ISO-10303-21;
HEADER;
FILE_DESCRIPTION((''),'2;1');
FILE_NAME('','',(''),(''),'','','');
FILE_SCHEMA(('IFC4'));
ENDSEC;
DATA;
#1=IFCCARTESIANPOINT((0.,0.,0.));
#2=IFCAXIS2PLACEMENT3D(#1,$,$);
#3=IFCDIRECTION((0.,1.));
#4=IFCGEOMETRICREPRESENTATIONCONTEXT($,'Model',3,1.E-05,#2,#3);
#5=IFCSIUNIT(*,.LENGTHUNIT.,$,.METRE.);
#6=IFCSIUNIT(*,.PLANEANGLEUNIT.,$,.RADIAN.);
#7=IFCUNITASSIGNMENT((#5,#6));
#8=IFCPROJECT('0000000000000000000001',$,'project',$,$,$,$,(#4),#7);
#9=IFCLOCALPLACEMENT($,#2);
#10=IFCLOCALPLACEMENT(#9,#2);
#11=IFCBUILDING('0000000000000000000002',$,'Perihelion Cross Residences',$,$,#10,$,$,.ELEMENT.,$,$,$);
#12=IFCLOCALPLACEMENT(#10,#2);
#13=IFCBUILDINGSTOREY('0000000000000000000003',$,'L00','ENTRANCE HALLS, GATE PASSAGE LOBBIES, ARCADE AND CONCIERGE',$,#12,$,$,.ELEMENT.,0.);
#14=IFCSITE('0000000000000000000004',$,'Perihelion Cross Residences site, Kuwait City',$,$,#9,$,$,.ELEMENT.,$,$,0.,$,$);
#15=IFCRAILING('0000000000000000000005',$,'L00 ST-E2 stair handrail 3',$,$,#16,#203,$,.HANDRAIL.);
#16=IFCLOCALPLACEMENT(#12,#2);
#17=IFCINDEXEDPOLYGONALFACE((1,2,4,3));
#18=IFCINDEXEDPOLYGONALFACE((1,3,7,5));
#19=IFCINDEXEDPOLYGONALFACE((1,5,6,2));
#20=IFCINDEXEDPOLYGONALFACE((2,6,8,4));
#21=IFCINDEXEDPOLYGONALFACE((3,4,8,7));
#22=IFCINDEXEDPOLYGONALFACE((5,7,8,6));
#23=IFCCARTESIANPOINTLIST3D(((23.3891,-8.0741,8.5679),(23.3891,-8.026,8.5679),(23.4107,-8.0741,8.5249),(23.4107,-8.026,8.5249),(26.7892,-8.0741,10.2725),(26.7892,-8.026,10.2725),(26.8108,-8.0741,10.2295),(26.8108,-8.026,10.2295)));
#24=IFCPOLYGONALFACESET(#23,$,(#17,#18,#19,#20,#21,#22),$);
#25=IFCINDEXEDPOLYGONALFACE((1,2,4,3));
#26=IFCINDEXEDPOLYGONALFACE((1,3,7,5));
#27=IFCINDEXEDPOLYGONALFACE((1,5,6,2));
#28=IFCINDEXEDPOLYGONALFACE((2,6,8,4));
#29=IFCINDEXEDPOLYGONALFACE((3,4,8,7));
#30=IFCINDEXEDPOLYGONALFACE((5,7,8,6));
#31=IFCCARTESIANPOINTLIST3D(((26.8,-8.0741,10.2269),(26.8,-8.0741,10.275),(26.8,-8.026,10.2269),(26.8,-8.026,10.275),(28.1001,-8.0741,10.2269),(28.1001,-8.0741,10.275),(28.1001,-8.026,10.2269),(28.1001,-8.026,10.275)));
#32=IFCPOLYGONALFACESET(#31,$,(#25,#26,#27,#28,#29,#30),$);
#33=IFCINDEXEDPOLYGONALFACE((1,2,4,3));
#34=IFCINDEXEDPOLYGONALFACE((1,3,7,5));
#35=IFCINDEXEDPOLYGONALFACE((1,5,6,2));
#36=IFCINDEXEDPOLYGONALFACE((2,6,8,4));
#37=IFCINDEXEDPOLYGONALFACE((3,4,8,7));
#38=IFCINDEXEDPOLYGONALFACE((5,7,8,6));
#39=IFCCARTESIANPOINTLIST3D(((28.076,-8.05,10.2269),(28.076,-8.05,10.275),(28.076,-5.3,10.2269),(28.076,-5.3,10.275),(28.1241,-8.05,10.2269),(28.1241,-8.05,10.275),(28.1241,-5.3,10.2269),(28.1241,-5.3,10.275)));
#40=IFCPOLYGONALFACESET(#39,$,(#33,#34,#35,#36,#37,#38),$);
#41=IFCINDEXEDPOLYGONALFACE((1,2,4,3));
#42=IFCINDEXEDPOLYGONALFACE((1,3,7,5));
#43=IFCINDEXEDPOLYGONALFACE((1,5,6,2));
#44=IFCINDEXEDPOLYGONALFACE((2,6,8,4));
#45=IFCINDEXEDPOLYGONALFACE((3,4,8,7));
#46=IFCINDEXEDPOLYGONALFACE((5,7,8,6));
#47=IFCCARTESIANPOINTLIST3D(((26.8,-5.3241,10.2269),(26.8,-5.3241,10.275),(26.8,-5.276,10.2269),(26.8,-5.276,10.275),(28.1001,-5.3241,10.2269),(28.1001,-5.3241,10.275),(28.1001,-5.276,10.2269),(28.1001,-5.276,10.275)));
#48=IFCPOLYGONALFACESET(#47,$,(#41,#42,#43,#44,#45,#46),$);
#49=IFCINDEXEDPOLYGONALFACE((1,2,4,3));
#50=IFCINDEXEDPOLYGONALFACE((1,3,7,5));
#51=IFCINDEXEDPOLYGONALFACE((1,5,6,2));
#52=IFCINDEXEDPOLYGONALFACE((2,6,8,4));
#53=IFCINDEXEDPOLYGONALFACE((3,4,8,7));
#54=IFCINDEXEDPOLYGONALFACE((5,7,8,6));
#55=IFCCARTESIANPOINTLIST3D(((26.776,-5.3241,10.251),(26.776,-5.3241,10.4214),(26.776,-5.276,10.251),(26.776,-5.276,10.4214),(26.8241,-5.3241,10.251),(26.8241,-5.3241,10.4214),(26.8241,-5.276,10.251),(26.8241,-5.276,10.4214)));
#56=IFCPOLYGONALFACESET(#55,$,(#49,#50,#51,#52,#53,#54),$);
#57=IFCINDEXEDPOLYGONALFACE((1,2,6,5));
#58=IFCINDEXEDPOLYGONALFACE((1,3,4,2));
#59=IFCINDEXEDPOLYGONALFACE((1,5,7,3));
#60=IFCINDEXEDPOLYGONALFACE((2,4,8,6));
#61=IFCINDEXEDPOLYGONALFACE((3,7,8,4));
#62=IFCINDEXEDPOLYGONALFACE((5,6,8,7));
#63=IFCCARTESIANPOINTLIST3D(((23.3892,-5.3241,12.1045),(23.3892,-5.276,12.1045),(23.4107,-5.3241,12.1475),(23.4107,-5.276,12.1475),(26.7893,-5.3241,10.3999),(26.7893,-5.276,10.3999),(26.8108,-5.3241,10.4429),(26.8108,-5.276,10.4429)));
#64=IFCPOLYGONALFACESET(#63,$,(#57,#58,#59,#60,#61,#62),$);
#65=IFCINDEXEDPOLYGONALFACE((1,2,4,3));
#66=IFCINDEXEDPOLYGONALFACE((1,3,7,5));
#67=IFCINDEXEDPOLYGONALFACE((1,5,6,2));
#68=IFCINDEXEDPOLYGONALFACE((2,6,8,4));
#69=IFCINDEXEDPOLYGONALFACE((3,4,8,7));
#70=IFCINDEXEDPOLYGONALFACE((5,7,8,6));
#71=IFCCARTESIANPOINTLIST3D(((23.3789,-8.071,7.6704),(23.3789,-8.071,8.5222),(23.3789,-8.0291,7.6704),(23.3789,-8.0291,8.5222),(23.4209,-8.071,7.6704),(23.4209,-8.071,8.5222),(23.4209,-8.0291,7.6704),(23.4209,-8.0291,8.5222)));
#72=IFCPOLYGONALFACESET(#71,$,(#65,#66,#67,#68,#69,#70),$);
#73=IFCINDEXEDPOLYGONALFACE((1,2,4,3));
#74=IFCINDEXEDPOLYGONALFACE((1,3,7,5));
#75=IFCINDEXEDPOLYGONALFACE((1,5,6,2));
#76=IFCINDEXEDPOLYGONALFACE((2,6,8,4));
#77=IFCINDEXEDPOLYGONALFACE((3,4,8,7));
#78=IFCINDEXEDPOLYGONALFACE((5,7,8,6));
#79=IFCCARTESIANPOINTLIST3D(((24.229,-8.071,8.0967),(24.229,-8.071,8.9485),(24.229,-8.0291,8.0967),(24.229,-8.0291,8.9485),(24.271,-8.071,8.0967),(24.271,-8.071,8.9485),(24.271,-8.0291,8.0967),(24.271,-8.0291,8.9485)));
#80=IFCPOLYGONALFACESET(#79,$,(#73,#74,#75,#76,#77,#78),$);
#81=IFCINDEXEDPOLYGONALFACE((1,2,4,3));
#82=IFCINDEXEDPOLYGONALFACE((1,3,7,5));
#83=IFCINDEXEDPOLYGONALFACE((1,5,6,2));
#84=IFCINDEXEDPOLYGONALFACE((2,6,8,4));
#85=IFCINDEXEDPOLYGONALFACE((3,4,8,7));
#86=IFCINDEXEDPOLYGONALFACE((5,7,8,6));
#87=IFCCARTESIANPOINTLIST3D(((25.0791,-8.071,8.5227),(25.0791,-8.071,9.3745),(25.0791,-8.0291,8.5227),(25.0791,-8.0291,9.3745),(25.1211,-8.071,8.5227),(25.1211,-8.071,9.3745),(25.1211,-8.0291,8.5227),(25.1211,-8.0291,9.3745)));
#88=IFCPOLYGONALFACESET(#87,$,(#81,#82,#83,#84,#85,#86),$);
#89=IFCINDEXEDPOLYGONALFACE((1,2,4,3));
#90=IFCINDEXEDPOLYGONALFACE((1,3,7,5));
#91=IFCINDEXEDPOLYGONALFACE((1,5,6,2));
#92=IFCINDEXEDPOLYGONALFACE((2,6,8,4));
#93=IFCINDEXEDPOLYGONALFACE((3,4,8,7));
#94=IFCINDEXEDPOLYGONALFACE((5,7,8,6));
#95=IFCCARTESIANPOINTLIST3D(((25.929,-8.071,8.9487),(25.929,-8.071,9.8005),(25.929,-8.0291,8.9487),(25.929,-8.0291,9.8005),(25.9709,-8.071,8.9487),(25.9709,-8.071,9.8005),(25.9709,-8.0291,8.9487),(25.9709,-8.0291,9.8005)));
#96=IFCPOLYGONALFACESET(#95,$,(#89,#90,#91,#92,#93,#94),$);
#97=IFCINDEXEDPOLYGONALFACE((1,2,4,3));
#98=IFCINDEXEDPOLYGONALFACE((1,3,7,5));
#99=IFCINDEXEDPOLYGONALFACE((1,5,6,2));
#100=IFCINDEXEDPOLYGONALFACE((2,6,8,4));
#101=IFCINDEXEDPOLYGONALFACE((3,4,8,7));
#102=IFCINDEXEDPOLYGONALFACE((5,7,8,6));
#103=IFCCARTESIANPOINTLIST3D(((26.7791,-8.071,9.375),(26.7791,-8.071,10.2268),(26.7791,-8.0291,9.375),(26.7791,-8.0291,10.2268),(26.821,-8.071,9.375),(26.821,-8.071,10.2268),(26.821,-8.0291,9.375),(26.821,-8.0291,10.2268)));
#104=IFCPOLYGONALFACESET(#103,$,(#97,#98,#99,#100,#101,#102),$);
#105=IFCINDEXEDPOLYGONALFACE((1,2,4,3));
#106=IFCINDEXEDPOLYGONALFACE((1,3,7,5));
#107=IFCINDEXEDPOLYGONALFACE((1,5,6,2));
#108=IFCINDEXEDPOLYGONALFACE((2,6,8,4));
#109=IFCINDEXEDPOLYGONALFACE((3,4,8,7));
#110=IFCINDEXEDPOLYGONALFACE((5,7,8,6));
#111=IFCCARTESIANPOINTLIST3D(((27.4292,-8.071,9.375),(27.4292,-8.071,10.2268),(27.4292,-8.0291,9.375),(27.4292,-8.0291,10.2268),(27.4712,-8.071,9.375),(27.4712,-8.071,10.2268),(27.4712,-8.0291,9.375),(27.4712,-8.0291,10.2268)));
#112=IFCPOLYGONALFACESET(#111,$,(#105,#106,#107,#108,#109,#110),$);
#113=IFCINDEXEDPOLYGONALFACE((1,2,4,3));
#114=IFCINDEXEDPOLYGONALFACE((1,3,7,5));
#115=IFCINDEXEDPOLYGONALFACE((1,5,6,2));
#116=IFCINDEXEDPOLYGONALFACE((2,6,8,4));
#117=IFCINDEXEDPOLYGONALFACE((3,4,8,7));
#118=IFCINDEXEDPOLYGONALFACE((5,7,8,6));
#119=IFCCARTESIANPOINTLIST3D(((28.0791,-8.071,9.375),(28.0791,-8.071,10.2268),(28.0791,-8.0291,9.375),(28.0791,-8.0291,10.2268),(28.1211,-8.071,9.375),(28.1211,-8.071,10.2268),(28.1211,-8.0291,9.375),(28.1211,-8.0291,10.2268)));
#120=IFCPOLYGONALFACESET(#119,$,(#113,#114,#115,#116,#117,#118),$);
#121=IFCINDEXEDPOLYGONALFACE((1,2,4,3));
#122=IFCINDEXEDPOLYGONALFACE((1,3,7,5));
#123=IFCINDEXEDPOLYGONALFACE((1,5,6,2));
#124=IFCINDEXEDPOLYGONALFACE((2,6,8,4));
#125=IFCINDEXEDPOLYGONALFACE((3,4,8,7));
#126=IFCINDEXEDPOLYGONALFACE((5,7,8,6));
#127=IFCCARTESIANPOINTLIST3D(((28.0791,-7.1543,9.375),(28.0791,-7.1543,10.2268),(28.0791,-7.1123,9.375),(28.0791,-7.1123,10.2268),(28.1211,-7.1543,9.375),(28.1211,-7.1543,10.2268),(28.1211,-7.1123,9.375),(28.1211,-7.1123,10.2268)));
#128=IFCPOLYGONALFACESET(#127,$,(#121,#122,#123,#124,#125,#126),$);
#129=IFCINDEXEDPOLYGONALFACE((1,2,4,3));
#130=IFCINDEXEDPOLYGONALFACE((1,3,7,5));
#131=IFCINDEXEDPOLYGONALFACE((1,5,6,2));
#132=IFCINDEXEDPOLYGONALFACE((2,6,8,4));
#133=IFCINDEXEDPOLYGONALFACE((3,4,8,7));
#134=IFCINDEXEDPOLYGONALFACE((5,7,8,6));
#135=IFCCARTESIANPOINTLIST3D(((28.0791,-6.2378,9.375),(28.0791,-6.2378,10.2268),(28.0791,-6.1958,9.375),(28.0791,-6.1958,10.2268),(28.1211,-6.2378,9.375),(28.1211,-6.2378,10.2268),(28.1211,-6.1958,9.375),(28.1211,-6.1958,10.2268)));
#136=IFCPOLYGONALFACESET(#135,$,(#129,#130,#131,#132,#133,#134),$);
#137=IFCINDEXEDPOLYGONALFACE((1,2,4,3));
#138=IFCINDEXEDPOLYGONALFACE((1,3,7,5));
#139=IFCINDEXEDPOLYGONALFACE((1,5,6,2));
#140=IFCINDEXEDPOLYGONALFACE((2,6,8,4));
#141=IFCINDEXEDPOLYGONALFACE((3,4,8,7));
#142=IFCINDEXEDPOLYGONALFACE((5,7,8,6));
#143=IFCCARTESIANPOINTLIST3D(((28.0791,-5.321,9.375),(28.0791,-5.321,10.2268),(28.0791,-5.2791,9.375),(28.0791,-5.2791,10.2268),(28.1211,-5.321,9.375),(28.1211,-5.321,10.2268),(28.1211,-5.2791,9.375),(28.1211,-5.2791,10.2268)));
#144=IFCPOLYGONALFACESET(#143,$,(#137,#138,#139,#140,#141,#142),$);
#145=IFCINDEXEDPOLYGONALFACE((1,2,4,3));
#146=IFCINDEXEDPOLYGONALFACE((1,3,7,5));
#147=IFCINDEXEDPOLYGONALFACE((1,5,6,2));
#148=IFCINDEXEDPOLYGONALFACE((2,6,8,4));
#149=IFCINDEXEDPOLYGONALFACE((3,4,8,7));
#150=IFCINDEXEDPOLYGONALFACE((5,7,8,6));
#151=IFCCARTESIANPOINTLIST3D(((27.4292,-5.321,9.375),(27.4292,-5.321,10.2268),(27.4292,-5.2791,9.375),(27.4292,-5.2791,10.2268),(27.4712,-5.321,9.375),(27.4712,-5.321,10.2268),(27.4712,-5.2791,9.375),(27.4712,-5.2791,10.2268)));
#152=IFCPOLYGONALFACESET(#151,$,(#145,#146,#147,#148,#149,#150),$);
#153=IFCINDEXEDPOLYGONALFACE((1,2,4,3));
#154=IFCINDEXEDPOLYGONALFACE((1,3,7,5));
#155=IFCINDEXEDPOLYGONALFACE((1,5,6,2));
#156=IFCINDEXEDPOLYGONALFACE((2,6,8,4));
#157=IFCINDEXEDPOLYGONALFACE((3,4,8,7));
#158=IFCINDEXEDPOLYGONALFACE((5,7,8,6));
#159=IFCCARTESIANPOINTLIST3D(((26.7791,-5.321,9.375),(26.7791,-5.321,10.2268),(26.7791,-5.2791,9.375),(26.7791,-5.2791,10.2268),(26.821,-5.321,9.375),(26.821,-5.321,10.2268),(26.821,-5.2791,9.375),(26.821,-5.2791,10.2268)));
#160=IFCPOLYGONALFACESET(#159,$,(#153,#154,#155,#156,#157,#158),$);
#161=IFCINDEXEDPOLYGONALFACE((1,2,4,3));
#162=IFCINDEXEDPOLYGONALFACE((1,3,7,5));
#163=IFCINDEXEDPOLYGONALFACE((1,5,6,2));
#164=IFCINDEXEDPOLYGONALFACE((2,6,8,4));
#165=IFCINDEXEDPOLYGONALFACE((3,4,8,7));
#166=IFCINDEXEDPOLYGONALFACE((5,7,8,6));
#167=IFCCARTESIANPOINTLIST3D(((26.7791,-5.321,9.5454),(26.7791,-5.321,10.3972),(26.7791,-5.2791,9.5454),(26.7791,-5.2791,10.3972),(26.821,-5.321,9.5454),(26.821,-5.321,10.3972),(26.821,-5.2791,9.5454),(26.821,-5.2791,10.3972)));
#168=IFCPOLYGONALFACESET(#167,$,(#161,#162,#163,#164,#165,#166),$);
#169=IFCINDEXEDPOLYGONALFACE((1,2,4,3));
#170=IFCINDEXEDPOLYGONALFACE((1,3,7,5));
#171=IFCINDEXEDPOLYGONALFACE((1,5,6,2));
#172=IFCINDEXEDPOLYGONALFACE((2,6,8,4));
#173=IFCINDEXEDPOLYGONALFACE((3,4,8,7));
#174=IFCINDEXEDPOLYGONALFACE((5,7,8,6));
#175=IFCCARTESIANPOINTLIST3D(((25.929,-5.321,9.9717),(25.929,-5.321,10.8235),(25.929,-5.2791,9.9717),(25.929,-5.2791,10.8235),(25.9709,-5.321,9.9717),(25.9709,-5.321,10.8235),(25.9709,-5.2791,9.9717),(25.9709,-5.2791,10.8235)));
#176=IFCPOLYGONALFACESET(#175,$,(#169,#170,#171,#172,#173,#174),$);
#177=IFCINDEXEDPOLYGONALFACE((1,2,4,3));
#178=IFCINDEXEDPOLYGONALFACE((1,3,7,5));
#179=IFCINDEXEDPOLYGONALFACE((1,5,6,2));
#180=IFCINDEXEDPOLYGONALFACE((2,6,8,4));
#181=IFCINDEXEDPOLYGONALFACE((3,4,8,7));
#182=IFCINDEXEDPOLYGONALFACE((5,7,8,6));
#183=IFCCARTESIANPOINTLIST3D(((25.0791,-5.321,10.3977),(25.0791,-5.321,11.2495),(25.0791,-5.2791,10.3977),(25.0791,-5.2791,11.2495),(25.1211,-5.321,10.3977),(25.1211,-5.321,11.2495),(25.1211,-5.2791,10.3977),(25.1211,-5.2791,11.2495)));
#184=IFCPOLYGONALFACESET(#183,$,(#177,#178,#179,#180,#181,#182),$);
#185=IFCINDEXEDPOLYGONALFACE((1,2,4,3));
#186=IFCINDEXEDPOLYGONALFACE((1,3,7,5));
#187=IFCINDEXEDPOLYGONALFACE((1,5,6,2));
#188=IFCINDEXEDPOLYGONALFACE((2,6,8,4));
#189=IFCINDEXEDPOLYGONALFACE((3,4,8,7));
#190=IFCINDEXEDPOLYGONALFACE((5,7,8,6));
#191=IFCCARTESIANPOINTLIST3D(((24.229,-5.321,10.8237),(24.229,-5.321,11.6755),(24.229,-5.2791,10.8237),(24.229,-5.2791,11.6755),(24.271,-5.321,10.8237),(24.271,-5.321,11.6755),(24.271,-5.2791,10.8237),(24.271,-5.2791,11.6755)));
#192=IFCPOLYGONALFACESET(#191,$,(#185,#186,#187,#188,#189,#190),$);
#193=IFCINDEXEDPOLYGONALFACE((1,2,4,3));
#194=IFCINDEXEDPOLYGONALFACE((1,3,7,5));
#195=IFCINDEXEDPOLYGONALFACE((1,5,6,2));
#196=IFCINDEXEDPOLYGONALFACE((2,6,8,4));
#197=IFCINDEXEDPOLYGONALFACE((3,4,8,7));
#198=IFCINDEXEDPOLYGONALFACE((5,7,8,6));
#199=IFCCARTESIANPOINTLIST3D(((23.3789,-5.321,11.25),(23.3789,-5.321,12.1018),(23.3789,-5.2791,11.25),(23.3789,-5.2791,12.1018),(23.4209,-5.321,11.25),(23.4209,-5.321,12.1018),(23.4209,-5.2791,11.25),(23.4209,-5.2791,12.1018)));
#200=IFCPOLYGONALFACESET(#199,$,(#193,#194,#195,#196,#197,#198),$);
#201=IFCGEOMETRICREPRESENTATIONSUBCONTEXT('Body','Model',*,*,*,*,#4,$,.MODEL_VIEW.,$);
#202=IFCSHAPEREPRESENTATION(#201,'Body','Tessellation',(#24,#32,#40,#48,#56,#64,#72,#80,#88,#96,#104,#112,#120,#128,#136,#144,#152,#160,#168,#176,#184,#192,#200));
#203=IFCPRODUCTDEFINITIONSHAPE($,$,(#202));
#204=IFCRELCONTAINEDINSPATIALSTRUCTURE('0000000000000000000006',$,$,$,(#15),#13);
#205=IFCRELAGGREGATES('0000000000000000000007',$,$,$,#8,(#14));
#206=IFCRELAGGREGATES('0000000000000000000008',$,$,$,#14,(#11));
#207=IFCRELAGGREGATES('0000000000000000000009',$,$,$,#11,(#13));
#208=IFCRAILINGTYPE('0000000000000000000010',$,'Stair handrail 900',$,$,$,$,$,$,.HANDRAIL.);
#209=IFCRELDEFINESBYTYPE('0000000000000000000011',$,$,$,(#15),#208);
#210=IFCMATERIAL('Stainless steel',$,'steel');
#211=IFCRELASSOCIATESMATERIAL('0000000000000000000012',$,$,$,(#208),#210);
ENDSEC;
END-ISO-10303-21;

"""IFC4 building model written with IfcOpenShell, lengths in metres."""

from ifc_helpers import new_model, si_unit, direction, frame, origin, origin_2d, place, context, subcontext, project, spatial, rectangle, extrude, material, type_object, element, save


model = new_model("IFC4")

# Units and contexts
model_context = context("Model", 3, precision=1e-05, world=origin(), true_north=direction((0.0, 1.0)))
body_context = subcontext(model_context, "Body", "Model", "MODEL_VIEW")
ifc_project = project(units=[si_unit("LENGTHUNIT", "METRE"), si_unit("PLANEANGLEUNIT", "RADIAN")], contexts=[model_context])

# Site, building, storey
site_placement = place(None, origin())
site = spatial("IfcSite", under=ifc_project, at=site_placement, Name="Perihelion Cross Residences site, Kuwait City", CompositionType="ELEMENT", RefElevation=0.0)
building_placement = place(site_placement, origin())
building = spatial("IfcBuilding", under=site, at=building_placement, Name="Perihelion Cross Residences", CompositionType="ELEMENT")
storey_placement = place(building_placement, origin())
storey = spatial("IfcBuildingStorey", under=building, at=storey_placement, Name="L00", Description="ENTRANCE HALLS, GATE PASSAGE LOBBIES, ARCADE AND CONCIERGE", CompositionType="ELEMENT", Elevation=0.0)

# Railing
ifc_material_1 = material(Name="Stainless steel", Category="steel")
railing_type_1 = type_object("IfcRailingType", Name="Stair handrail 900", PredefinedType="HANDRAIL", material=ifc_material_1)
railing_1_placement = place(storey_placement, frame((23.3999, -8.05, 7.6704)))
element("IfcRailing", 1, at=railing_1_placement, inside=storey, type_object=railing_type_1, Name="L00 ST-E2 stair handrail 3", PredefinedType="HANDRAIL", context=body_context, shape_type="SweptSolid", body=[
    extrude(rectangle(XDim=0.0481, YDim=0.0481, at=origin_2d()), frame((0.0, 0.0, 0.876), z_axis=(0.893952, 0.0, 0.448163), x_axis=(0.0, 1.0, 0.0)), (0.0, 0.0, 1.0), 3.8035),
    extrude(rectangle(XDim=0.0481, YDim=0.0481, at=origin_2d()), frame((3.4001, 0.0, 2.5806), z_axis=(1.0, 0.0, 0.0), x_axis=(0.0, 1.0, 0.0)), (0.0, 0.0, 1.0), 1.3),
    extrude(rectangle(XDim=0.0481, YDim=0.0481, at=origin_2d()), frame((4.7002, 0.0, 2.5806), z_axis=(0.0, 1.0, 0.0), x_axis=(-1.0, 0.0, 0.0)), (0.0, 0.0, 1.0), 2.75),
    extrude(rectangle(XDim=0.0481, YDim=0.0481, at=origin_2d()), frame((4.7002, 2.75, 2.5806), z_axis=(-1.0, 0.0, 0.0), x_axis=(0.0, -1.0, 0.0)), (0.0, 0.0, 1.0), 1.3),
    extrude(rectangle(XDim=0.0481, YDim=0.0481, at=origin_2d()), frame((3.4001, 2.75, 2.5806), z_axis=(0.0, 0.0, 1.0), x_axis=(1.0, 0.0, 0.0)), (0.0, 0.0, 1.0), 0.1704),
    extrude(rectangle(XDim=0.0481, YDim=0.0481, at=origin_2d()), frame((3.4001, 2.75, 2.751), z_axis=(-0.893952, 0.0, 0.448163), x_axis=(0.0, -1.0, 0.0)), (0.0, 0.0, 1.0), 3.8035),
    extrude(rectangle(XDim=0.042, YDim=0.042, at=origin_2d()), origin(), (0.0, 0.0, 1.0), 0.8518),
    extrude(rectangle(XDim=0.042, YDim=0.042, at=origin_2d()), frame((0.8501, 0.0, 0.4263)), (0.0, 0.0, 1.0), 0.8518),
    extrude(rectangle(XDim=0.042, YDim=0.042, at=origin_2d()), frame((1.7002, 0.0, 0.8523)), (0.0, 0.0, 1.0), 0.8518),
    extrude(rectangle(XDim=0.042, YDim=0.042, at=origin_2d()), frame((2.55, 0.0, 1.2783)), (0.0, 0.0, 1.0), 0.8518),
    extrude(rectangle(XDim=0.042, YDim=0.042, at=origin_2d()), frame((3.4001, 0.0, 1.7046)), (0.0, 0.0, 1.0), 0.8518),
    extrude(rectangle(XDim=0.042, YDim=0.042, at=origin_2d()), frame((4.0503, 0.0, 1.7046)), (0.0, 0.0, 1.0), 0.8518),
    extrude(rectangle(XDim=0.042, YDim=0.042, at=origin_2d()), frame((4.7002, 0.0, 1.7046)), (0.0, 0.0, 1.0), 0.8518),
    extrude(rectangle(XDim=0.042, YDim=0.042, at=origin_2d()), frame((4.7002, 0.9167, 1.7046)), (0.0, 0.0, 1.0), 0.8518),
    extrude(rectangle(XDim=0.042, YDim=0.042, at=origin_2d()), frame((4.7002, 1.8333, 1.7046)), (0.0, 0.0, 1.0), 0.8518),
    extrude(rectangle(XDim=0.042, YDim=0.042, at=origin_2d()), frame((4.7002, 2.75, 1.7046)), (0.0, 0.0, 1.0), 0.8518),
    extrude(rectangle(XDim=0.042, YDim=0.042, at=origin_2d()), frame((4.0503, 2.75, 1.7046)), (0.0, 0.0, 1.0), 0.8518),
    extrude(rectangle(XDim=0.042, YDim=0.042, at=origin_2d()), frame((3.4001, 2.75, 1.7046)), (0.0, 0.0, 1.0), 0.8518),
    extrude(rectangle(XDim=0.042, YDim=0.042, at=origin_2d()), frame((3.4001, 2.75, 1.875)), (0.0, 0.0, 1.0), 0.8518),
    extrude(rectangle(XDim=0.042, YDim=0.042, at=origin_2d()), frame((2.55, 2.75, 2.3013)), (0.0, 0.0, 1.0), 0.8518),
    extrude(rectangle(XDim=0.042, YDim=0.042, at=origin_2d()), frame((1.7002, 2.75, 2.7273)), (0.0, 0.0, 1.0), 0.8518),
    extrude(rectangle(XDim=0.042, YDim=0.042, at=origin_2d()), frame((0.8501, 2.75, 3.1533)), (0.0, 0.0, 1.0), 0.8518),
    extrude(rectangle(XDim=0.042, YDim=0.042, at=origin_2d()), frame((0.0, 2.75, 3.5796)), (0.0, 0.0, 1.0), 0.8518),
])

save(model, "model.ifc")
